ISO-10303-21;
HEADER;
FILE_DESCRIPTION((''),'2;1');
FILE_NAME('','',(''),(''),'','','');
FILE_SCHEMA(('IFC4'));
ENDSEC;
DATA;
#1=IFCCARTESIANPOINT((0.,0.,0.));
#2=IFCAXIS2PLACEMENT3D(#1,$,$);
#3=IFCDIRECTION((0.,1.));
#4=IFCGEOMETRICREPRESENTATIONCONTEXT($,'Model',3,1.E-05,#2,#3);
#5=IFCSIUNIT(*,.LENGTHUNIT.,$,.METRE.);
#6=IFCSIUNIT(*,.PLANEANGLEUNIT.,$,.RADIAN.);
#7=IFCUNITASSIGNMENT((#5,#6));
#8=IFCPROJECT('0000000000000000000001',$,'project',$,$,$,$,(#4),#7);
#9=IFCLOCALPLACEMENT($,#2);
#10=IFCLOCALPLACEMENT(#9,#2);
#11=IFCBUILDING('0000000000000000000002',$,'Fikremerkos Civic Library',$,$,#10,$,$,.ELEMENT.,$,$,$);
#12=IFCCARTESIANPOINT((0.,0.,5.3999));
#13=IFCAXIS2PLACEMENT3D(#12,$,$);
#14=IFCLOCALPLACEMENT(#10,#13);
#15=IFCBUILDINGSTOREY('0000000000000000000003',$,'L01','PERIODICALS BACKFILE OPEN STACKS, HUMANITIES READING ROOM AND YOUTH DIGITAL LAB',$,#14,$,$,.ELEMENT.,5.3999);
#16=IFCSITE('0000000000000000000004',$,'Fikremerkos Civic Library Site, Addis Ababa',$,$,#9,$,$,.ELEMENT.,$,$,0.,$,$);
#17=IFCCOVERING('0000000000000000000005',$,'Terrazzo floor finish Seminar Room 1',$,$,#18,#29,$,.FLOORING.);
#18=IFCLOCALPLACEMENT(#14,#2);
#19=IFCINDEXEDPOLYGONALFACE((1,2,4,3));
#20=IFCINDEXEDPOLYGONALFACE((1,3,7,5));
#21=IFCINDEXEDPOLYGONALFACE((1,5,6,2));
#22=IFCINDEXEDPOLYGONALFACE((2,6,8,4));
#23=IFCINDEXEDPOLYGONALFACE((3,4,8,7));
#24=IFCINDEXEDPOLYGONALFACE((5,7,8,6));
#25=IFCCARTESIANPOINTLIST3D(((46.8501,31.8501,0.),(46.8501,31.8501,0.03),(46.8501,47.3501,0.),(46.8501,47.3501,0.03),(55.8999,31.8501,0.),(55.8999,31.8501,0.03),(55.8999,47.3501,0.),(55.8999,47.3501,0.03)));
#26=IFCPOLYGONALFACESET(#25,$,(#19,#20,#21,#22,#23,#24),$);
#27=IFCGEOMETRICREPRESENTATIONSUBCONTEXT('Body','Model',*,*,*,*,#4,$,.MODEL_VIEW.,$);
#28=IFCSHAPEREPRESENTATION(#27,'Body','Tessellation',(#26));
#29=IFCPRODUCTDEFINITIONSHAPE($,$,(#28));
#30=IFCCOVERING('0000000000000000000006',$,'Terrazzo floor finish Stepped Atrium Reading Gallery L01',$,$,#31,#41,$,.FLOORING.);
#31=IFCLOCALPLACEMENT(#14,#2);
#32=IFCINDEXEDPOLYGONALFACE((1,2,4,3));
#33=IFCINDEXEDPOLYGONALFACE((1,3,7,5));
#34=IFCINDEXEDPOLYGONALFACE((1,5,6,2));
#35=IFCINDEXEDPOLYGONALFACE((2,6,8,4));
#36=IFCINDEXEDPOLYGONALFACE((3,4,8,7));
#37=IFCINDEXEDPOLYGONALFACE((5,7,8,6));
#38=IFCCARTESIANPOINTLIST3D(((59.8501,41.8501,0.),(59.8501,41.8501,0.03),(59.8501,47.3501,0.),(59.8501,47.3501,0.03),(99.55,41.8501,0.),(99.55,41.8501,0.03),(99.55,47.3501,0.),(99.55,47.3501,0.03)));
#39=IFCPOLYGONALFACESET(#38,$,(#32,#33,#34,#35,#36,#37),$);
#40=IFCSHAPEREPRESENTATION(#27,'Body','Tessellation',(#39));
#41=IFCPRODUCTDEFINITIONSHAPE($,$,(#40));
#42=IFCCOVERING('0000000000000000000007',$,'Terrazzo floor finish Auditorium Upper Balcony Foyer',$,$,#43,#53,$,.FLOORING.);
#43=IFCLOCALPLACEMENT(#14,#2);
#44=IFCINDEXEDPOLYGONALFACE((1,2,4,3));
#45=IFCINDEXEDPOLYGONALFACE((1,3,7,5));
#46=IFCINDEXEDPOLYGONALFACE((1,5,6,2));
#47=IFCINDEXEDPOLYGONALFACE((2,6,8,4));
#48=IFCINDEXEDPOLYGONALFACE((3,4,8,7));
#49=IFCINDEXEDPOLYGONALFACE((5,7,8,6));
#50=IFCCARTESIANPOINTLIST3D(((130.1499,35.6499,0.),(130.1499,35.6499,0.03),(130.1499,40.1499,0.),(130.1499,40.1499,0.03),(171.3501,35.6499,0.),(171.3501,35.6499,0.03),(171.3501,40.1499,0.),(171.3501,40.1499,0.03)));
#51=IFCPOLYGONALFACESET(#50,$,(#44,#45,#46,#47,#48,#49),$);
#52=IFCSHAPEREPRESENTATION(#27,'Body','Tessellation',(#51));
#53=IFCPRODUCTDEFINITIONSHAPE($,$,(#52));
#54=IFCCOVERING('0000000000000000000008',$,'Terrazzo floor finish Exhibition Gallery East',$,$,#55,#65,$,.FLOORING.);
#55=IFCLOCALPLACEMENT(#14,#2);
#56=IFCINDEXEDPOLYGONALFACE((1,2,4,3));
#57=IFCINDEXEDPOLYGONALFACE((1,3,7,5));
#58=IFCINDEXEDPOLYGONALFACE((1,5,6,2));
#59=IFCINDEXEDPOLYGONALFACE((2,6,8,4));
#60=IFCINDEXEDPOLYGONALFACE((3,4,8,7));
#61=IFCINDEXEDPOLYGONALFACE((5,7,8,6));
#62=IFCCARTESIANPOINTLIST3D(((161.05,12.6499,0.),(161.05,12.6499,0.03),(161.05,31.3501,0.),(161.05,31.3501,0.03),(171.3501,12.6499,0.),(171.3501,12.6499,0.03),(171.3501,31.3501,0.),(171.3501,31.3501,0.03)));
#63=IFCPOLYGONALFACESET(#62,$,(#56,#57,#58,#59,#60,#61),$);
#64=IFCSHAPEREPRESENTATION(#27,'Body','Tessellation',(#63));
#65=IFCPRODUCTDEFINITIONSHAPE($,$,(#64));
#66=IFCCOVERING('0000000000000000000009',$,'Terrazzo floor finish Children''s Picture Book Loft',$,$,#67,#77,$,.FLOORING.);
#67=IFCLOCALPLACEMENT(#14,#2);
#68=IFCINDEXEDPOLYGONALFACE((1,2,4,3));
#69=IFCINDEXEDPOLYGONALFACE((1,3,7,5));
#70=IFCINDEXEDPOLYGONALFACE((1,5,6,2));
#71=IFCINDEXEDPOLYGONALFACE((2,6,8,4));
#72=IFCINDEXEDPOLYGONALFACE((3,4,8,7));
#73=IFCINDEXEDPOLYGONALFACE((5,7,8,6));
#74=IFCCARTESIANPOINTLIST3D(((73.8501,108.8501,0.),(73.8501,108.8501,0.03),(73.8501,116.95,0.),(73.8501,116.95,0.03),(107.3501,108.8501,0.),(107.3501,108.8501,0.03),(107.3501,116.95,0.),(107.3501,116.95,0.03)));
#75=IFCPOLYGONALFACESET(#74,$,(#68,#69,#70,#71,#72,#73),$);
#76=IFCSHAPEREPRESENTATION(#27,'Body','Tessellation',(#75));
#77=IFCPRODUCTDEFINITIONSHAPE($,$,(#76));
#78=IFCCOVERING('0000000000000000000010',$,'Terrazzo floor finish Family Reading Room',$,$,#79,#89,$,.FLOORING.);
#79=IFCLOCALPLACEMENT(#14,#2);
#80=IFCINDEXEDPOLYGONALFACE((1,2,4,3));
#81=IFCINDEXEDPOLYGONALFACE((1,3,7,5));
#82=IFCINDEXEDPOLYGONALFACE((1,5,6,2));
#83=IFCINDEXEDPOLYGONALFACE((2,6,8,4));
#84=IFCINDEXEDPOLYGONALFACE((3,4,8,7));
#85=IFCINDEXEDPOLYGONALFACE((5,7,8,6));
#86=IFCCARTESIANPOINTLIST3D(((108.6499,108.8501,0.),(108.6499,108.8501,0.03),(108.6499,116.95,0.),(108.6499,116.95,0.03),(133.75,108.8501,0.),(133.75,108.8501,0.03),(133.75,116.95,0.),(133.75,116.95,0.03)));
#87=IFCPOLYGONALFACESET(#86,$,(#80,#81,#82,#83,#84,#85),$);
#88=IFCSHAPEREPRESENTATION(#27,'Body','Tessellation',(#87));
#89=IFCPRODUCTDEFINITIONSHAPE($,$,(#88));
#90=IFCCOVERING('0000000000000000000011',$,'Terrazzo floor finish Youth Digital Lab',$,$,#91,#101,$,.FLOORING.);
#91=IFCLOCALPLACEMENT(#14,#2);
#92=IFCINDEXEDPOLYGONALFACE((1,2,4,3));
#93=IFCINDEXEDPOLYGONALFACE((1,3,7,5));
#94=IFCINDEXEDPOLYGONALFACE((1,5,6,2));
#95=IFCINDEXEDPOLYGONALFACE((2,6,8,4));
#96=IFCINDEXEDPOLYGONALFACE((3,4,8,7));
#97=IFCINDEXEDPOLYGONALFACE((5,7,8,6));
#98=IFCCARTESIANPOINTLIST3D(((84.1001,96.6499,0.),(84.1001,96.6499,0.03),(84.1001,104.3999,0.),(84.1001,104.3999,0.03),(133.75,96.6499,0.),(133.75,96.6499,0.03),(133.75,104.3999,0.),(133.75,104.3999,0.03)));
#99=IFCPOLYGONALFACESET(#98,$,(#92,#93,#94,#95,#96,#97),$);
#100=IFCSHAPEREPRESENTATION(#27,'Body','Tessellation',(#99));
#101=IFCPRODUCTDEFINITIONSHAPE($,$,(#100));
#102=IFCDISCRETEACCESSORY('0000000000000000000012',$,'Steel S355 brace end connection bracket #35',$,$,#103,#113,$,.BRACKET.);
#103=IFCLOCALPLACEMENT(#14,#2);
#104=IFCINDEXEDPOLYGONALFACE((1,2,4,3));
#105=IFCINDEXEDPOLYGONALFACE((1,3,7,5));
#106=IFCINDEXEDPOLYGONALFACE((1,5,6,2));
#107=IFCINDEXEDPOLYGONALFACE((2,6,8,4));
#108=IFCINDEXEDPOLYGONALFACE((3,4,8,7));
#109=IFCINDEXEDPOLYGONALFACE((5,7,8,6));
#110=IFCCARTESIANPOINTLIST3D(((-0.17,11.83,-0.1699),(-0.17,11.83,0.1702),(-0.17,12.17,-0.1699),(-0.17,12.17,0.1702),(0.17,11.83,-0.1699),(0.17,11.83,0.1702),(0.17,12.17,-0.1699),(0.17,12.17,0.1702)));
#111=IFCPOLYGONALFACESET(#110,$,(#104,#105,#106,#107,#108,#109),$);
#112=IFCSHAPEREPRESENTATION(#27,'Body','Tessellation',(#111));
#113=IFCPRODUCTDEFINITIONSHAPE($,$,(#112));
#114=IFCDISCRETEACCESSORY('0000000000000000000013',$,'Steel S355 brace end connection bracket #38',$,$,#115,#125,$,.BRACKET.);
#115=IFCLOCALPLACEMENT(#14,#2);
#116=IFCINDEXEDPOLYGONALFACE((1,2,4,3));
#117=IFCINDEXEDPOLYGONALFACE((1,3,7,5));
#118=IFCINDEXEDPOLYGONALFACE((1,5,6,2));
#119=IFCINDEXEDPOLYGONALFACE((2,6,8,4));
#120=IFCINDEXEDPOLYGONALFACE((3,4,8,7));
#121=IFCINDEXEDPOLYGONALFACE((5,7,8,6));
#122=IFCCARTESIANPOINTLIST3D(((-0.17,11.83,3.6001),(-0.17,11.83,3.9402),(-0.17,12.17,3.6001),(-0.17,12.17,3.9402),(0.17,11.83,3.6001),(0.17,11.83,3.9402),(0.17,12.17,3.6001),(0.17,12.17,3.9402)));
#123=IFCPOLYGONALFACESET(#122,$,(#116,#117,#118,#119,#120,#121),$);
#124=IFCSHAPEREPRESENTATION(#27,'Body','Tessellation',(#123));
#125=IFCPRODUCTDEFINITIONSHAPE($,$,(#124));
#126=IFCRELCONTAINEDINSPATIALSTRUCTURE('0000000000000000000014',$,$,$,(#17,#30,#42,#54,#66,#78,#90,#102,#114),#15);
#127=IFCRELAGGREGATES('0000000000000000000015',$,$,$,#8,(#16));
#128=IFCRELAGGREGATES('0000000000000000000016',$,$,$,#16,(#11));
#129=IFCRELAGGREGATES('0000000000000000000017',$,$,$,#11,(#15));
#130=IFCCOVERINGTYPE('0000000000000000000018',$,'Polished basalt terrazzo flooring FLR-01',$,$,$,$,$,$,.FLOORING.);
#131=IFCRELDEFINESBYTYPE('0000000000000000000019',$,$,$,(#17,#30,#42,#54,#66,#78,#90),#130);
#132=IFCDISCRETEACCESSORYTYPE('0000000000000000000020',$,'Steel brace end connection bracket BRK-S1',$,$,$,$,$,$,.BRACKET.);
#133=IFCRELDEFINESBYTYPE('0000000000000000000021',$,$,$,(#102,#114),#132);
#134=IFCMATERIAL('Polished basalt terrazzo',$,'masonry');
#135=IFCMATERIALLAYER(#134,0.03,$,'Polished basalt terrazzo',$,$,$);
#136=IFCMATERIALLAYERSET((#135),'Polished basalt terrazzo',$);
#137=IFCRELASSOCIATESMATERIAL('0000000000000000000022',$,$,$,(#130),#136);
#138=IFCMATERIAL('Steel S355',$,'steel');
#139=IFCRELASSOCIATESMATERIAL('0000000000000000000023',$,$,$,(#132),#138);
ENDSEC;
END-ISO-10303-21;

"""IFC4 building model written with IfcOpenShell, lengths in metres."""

from ifc_helpers import new_model, si_unit, direction, frame, origin, origin_2d, place, context, subcontext, project, spatial, polyline, rectangle, outline, extrude, material, layer, layer_set, type_object, element, save


model = new_model("IFC4")

# Units and contexts
model_context = context("Model", 3, precision=1e-05, world=origin(), true_north=direction((0.0, 1.0)))
body_context = subcontext(model_context, "Body", "Model", "MODEL_VIEW")
ifc_project = project(units=[si_unit("LENGTHUNIT", "METRE"), si_unit("PLANEANGLEUNIT", "RADIAN")], contexts=[model_context])

# Site, building, storey
site_placement = place(None, origin())
site = spatial("IfcSite", under=ifc_project, at=site_placement, Name="Fikremerkos Civic Library Site, Addis Ababa", CompositionType="ELEMENT", RefElevation=0.0)
building_placement = place(site_placement, origin())
building = spatial("IfcBuilding", under=site, at=building_placement, Name="Fikremerkos Civic Library", CompositionType="ELEMENT")
storey_placement = place(building_placement, frame((0.0, 0.0, 5.3999)))
storey = spatial("IfcBuildingStorey", under=building, at=storey_placement, Name="L01", Description="PERIODICALS BACKFILE OPEN STACKS, HUMANITIES READING ROOM AND YOUTH DIGITAL LAB", CompositionType="ELEMENT", Elevation=5.3999)

# Shared definitions
ifc_material_1 = material(Name="Steel S355", Category="steel")

# Coverings
ifc_material_2 = material(Name="Polished basalt terrazzo", Category="masonry")
ifc_layer_1 = layer(ifc_material_2, 0.03, Name="Polished basalt terrazzo")
ifc_layer_set_1 = layer_set([ifc_layer_1], Name="Polished basalt terrazzo")
covering_type = type_object("IfcCoveringType", Name="Polished basalt terrazzo flooring FLR-01", PredefinedType="FLOORING", material=ifc_layer_set_1)
covering_1_placement = place(storey_placement, origin())
element("IfcCovering", 1, at=covering_1_placement, inside=storey, type_object=covering_type, Name="Terrazzo floor finish Seminar Room 1", PredefinedType="FLOORING", context=body_context, shape_type="SweptSolid", body=[
    extrude(outline(polyline([(55.8999, 47.3501), (55.8999, 31.8501), (46.8501, 31.8501), (46.8501, 47.3501), (55.8999, 47.3501)])), origin(), (0.0, 0.0, 1.0), 0.03),
])
covering_2_placement = place(storey_placement, origin())
element("IfcCovering", 2, at=covering_2_placement, inside=storey, type_object=covering_type, Name="Terrazzo floor finish Stepped Atrium Reading Gallery L01", PredefinedType="FLOORING", context=body_context, shape_type="SweptSolid", body=[
    extrude(outline(polyline([(99.55, 47.3501), (99.55, 41.8501), (59.8501, 41.8501), (59.8501, 47.3501), (99.55, 47.3501)])), origin(), (0.0, 0.0, 1.0), 0.03),
])
covering_3_placement = place(storey_placement, origin())
element("IfcCovering", 3, at=covering_3_placement, inside=storey, type_object=covering_type, Name="Terrazzo floor finish Auditorium Upper Balcony Foyer", PredefinedType="FLOORING", context=body_context, shape_type="SweptSolid", body=[
    extrude(outline(polyline([(171.3501, 40.1499), (171.3501, 35.6499), (130.1499, 35.6499), (130.1499, 40.1499), (171.3501, 40.1499)])), origin(), (0.0, 0.0, 1.0), 0.03),
])
covering_4_placement = place(storey_placement, origin())
element("IfcCovering", 4, at=covering_4_placement, inside=storey, type_object=covering_type, Name="Terrazzo floor finish Exhibition Gallery East", PredefinedType="FLOORING", context=body_context, shape_type="SweptSolid", body=[
    extrude(outline(polyline([(171.3501, 31.3501), (171.3501, 12.6499), (161.05, 12.6499), (161.05, 31.3501), (171.3501, 31.3501)])), origin(), (0.0, 0.0, 1.0), 0.03),
])
covering_5_placement = place(storey_placement, origin())
element("IfcCovering", 5, at=covering_5_placement, inside=storey, type_object=covering_type, Name="Terrazzo floor finish Children's Picture Book Loft", PredefinedType="FLOORING", context=body_context, shape_type="SweptSolid", body=[
    extrude(outline(polyline([(107.3501, 116.95), (107.3501, 108.8501), (73.8501, 108.8501), (73.8501, 116.95), (107.3501, 116.95)])), origin(), (0.0, 0.0, 1.0), 0.03),
])
covering_6_placement = place(storey_placement, origin())
element("IfcCovering", 6, at=covering_6_placement, inside=storey, type_object=covering_type, Name="Terrazzo floor finish Family Reading Room", PredefinedType="FLOORING", context=body_context, shape_type="SweptSolid", body=[
    extrude(outline(polyline([(133.75, 116.95), (133.75, 108.8501), (108.6499, 108.8501), (108.6499, 116.95), (133.75, 116.95)])), origin(), (0.0, 0.0, 1.0), 0.03),
])
covering_7_placement = place(storey_placement, origin())
element("IfcCovering", 7, at=covering_7_placement, inside=storey, type_object=covering_type, Name="Terrazzo floor finish Youth Digital Lab", PredefinedType="FLOORING", context=body_context, shape_type="SweptSolid", body=[
    extrude(outline(polyline([(133.75, 104.3999), (133.75, 96.6499), (84.1001, 96.6499), (84.1001, 104.3999), (133.75, 104.3999)])), origin(), (0.0, 0.0, 1.0), 0.03),
])

# Discrete accessories
discrete_accessory_type = type_object("IfcDiscreteAccessoryType", Name="Steel brace end connection bracket BRK-S1", PredefinedType="BRACKET", material=ifc_material_1)
for number, where, z_axis, x_axis, name in (
    (8, (0.0, 12.0, -0.1699), (0.0, 0.0, 1.0), (1.0, 0.0, 0.0), "Steel S355 brace end connection bracket #35"),
    (9, (0.0, 12.0, 3.6001), (0.0, 0.0, 1.0), (1.0, 0.0, 0.0), "Steel S355 brace end connection bracket #38"),
):
    element("IfcDiscreteAccessory", number, at=place(storey_placement, frame(where, z_axis=z_axis, x_axis=x_axis)), inside=storey, type_object=discrete_accessory_type, Name=name, PredefinedType="BRACKET", context=body_context, shape_type="SweptSolid", body=[
        extrude(rectangle(XDim=0.3401, YDim=0.3401, at=origin_2d()), origin(), (0.0, 0.0, 1.0), 0.3401),
    ])

save(model, "model.ifc")
